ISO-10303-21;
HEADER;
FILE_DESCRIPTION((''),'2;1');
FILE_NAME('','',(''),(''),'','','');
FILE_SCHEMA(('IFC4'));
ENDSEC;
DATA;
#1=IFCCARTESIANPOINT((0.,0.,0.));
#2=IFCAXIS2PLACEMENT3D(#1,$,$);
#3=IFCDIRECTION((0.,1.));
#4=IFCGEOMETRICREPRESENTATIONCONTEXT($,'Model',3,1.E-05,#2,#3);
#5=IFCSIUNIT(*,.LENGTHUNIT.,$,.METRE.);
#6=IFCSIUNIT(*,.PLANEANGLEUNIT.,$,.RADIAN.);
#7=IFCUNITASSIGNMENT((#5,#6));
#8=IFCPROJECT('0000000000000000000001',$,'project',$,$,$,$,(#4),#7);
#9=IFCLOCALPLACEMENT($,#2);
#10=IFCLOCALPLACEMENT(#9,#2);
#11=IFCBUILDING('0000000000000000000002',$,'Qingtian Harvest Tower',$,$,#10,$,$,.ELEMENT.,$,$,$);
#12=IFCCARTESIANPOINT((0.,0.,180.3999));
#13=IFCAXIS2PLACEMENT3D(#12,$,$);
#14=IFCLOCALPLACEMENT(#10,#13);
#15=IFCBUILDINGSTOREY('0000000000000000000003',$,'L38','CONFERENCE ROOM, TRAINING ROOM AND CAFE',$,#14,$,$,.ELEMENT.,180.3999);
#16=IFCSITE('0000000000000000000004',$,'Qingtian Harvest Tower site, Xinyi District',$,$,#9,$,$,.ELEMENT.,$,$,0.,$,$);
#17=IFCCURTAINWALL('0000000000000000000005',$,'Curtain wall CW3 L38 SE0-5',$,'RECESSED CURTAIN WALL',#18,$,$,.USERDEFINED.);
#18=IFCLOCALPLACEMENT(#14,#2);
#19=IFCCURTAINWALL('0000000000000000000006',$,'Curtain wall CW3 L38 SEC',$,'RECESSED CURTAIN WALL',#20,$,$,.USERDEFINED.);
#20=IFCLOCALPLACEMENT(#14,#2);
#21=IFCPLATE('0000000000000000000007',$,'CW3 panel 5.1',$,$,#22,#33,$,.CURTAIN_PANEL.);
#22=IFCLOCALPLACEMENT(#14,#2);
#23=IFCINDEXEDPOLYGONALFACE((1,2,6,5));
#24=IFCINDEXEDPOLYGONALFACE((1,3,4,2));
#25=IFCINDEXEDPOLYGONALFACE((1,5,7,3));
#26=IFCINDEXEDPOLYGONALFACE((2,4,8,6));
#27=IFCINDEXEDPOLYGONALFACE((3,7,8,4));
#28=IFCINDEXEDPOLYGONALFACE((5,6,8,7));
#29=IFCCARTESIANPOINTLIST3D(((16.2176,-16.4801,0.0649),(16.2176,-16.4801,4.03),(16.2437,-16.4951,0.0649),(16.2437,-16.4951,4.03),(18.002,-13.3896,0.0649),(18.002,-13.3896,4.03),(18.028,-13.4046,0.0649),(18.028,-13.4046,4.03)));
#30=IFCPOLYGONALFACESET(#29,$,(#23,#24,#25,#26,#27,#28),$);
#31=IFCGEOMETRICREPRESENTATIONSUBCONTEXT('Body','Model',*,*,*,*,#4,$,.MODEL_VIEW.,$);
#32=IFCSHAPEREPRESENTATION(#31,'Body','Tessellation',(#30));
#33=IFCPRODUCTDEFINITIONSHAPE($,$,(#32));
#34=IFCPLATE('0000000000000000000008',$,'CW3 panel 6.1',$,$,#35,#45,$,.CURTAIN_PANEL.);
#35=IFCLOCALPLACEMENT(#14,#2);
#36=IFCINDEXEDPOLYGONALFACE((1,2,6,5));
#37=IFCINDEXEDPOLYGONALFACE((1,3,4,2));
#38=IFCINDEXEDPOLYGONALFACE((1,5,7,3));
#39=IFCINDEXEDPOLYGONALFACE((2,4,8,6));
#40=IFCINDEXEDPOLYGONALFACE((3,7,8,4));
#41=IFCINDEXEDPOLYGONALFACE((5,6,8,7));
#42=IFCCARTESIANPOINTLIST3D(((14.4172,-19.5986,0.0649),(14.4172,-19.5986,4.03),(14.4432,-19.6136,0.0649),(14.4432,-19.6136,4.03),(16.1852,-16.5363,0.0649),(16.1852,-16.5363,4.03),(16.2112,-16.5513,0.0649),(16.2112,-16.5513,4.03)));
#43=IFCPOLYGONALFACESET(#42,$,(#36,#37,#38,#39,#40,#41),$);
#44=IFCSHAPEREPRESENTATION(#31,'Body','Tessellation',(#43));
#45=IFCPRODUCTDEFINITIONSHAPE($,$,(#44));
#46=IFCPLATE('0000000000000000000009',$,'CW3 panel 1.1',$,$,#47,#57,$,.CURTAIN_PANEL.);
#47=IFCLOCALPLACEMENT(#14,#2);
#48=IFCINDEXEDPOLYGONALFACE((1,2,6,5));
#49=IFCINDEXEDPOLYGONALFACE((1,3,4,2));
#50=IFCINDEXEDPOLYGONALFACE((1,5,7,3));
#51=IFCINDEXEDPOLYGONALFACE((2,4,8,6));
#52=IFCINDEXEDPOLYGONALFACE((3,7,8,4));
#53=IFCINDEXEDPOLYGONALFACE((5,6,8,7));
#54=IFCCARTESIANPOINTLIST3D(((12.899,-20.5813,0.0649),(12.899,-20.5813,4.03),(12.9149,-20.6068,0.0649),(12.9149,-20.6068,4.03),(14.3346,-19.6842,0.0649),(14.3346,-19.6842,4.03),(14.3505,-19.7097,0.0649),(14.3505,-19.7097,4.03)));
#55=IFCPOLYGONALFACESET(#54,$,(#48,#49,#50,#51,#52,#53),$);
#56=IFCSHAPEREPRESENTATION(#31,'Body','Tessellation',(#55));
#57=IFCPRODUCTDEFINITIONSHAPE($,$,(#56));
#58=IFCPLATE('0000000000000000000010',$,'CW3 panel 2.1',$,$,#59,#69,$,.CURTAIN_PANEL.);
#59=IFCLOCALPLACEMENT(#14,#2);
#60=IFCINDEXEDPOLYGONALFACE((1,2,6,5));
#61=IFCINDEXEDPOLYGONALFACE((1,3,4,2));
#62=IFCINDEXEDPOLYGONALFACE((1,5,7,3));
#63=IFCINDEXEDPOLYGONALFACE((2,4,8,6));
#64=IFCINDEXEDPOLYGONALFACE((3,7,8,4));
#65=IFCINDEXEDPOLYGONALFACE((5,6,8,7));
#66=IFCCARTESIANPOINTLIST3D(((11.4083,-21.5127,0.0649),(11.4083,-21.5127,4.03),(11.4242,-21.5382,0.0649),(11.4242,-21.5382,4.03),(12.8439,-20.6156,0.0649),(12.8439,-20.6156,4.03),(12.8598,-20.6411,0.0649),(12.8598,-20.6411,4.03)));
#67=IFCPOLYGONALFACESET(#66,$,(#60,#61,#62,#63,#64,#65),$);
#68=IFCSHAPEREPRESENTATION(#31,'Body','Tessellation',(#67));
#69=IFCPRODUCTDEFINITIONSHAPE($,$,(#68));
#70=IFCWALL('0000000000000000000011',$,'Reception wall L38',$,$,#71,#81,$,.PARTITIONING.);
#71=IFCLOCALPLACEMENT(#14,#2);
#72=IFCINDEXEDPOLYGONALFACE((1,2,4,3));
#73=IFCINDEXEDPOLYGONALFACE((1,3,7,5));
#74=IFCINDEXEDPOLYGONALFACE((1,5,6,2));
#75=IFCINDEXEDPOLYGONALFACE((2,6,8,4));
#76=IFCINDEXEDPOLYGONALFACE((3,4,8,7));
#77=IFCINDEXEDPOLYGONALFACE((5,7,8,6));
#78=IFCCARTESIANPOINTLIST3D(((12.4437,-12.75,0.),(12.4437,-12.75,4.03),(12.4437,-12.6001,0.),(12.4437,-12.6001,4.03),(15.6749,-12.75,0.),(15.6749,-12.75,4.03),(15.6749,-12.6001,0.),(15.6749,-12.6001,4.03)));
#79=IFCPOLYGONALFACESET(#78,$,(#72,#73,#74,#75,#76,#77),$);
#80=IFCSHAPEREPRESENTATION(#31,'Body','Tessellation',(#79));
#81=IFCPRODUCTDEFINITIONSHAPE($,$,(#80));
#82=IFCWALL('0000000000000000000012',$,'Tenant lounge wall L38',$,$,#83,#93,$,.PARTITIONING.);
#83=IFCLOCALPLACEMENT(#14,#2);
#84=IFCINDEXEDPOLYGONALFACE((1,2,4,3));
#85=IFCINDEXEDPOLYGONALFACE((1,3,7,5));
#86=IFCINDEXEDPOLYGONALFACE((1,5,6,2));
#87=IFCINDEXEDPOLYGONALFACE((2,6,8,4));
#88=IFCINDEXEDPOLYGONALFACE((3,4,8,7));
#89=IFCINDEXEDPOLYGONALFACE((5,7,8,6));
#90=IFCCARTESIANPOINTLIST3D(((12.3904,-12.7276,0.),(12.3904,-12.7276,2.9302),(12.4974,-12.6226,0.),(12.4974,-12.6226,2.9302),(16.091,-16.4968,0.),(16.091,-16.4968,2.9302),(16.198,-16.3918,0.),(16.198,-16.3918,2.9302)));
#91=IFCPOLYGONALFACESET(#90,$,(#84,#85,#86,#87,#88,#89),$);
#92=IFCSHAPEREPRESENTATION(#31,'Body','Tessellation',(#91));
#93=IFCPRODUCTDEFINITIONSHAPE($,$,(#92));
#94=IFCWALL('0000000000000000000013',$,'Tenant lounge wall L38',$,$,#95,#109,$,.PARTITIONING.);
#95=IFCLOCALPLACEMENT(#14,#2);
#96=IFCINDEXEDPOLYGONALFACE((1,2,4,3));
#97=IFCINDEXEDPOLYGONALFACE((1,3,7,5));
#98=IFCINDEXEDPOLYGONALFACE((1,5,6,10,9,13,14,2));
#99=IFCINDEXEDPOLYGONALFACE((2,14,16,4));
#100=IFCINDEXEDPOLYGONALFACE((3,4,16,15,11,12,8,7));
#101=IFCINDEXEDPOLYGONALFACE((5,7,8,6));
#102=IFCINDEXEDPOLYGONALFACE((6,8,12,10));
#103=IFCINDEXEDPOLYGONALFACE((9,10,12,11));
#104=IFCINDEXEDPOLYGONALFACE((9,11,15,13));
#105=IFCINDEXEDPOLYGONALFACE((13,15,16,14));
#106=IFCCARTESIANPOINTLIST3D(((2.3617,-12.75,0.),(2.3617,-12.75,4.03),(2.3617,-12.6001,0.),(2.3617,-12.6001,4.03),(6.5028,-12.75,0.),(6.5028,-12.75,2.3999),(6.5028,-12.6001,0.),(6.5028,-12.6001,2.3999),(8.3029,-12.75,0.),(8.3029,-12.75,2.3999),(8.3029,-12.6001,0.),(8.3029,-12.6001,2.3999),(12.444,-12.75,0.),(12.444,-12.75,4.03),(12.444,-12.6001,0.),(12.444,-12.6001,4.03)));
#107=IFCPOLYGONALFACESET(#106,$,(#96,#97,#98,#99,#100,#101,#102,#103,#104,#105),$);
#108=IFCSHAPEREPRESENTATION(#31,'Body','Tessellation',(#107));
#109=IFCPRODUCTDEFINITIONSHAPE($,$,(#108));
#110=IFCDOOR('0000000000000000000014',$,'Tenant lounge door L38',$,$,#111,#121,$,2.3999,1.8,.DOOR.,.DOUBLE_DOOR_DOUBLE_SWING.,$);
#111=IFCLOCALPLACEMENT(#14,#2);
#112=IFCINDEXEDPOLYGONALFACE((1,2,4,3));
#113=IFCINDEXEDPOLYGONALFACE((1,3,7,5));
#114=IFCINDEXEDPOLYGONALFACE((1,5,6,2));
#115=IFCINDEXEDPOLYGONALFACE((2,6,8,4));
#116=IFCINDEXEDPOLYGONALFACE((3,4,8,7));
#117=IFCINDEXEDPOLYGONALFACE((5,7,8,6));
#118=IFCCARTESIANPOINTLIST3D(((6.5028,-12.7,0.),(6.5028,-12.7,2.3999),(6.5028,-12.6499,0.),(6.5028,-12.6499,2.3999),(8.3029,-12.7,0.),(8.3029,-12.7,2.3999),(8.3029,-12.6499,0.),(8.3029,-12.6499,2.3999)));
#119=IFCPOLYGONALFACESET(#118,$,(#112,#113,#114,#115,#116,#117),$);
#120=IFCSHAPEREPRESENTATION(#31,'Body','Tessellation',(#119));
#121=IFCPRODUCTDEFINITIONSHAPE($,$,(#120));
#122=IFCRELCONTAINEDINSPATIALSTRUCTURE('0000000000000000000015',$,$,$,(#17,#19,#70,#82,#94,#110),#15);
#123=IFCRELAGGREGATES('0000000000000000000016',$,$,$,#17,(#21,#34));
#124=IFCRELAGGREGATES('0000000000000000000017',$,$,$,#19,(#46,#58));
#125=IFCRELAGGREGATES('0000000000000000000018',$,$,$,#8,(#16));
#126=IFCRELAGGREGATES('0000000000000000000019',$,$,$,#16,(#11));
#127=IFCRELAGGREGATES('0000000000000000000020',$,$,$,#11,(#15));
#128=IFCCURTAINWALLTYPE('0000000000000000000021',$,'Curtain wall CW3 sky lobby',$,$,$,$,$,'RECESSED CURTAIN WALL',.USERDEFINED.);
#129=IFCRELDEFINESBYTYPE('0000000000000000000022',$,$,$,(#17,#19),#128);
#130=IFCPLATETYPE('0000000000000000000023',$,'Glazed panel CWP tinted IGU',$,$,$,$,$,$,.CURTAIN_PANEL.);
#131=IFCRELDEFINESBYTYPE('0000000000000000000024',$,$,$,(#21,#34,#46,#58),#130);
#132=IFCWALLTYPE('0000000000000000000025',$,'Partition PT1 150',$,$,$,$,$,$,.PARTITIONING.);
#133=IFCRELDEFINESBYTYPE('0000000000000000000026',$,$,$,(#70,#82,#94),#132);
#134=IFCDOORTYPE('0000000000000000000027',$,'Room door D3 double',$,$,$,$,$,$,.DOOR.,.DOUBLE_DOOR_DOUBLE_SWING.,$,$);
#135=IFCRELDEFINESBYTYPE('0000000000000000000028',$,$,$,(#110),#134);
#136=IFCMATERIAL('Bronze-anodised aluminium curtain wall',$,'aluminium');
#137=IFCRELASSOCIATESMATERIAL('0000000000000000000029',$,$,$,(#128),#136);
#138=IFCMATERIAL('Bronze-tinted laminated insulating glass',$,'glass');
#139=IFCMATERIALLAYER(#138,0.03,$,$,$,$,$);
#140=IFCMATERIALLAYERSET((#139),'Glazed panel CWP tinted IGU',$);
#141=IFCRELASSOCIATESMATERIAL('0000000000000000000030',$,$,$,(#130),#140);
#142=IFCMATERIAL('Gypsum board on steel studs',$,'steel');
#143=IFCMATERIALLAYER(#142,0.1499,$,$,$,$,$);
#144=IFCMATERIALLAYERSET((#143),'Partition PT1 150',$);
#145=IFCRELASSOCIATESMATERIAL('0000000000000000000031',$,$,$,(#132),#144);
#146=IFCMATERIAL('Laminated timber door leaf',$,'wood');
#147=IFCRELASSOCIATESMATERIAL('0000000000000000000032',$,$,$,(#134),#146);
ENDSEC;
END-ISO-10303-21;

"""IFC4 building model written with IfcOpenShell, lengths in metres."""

from ifc_helpers import new_model, si_unit, direction, frame, frame_2d, origin, origin_2d, place, context, subcontext, project, spatial, rectangle, extrude, material, layer, layer_set, type_object, element, fill, aggregate, save


model = new_model("IFC4")

# Units and contexts
model_context = context("Model", 3, precision=1e-05, world=origin(), true_north=direction((0.0, 1.0)))
body_context = subcontext(model_context, "Body", "Model", "MODEL_VIEW")
ifc_project = project(units=[si_unit("LENGTHUNIT", "METRE"), si_unit("PLANEANGLEUNIT", "RADIAN")], contexts=[model_context])

# Site, building, storey
site_placement = place(None, origin())
site = spatial("IfcSite", under=ifc_project, at=site_placement, Name="Qingtian Harvest Tower site, Xinyi District", CompositionType="ELEMENT", RefElevation=0.0)
building_placement = place(site_placement, origin())
building = spatial("IfcBuilding", under=site, at=building_placement, Name="Qingtian Harvest Tower", CompositionType="ELEMENT")
storey_placement = place(building_placement, frame((0.0, 0.0, 180.3999)))
storey = spatial("IfcBuildingStorey", under=building, at=storey_placement, Name="L38", Description="CONFERENCE ROOM, TRAINING ROOM AND CAFE", CompositionType="ELEMENT", Elevation=180.3999)

# Curtain walls
ifc_material_1 = material(Name="Bronze-anodised aluminium curtain wall", Category="aluminium")
curtain_wall_type = type_object("IfcCurtainWallType", Name="Curtain wall CW3 sky lobby", ElementType="RECESSED CURTAIN WALL", PredefinedType="USERDEFINED", material=ifc_material_1)
curtain_wall_1_placement = place(storey_placement, origin())
curtain_wall_1 = element("IfcCurtainWall", 1, at=curtain_wall_1_placement, inside=storey, type_object=curtain_wall_type, Name="Curtain wall CW3 L38 SE0-5", ObjectType="RECESSED CURTAIN WALL", PredefinedType="USERDEFINED")
curtain_wall_2_placement = place(storey_placement, origin())
curtain_wall_2 = element("IfcCurtainWall", 2, at=curtain_wall_2_placement, inside=storey, type_object=curtain_wall_type, Name="Curtain wall CW3 L38 SEC", ObjectType="RECESSED CURTAIN WALL", PredefinedType="USERDEFINED")

# Plates
ifc_material_2 = material(Name="Bronze-tinted laminated insulating glass", Category="glass")
ifc_layer_1 = layer(ifc_material_2, 0.03)
ifc_layer_set_1 = layer_set([ifc_layer_1], Name="Glazed panel CWP tinted IGU")
plate_type = type_object("IfcPlateType", Name="Glazed panel CWP tinted IGU", PredefinedType="CURTAIN_PANEL", material=ifc_layer_set_1)
plate_1_placement = place(storey_placement, frame((17.1228, -14.9424, 0.0649), z_axis=(0.0, 0.0, 1.0), x_axis=(-0.5, -0.866025, 0.0)))
plate_1 = element("IfcPlate", 3, at=plate_1_placement, type_object=plate_type, Name="CW3 panel 5.1", PredefinedType="CURTAIN_PANEL", context=body_context, shape_type="SweptSolid", body=[
    extrude(rectangle(XDim=3.5686, YDim=0.03, at=origin_2d()), origin(), (0.0, 0.0, 1.0), 3.9651),
])
plate_2_placement = place(storey_placement, frame((15.3142, -18.075, 0.0649), z_axis=(0.0, 0.0, 1.0), x_axis=(-0.5, -0.866025, 0.0)))
plate_2 = element("IfcPlate", 4, at=plate_2_placement, type_object=plate_type, Name="CW3 panel 6.1", PredefinedType="CURTAIN_PANEL", context=body_context, shape_type="SweptSolid", body=[
    extrude(rectangle(XDim=3.5361, YDim=0.03, at=origin_2d()), origin(), (0.0, 0.0, 1.0), 3.9651),
])
aggregate(curtain_wall_1, [plate_1, plate_2])
plate_3_placement = place(storey_placement, frame((13.6248, -20.1455, 0.0649), z_axis=(0.0, 0.0, 1.0), x_axis=(-0.848048, -0.529919, 0.0)))
plate_3 = element("IfcPlate", 5, at=plate_3_placement, type_object=plate_type, Name="CW3 panel 1.1", PredefinedType="CURTAIN_PANEL", context=body_context, shape_type="SweptSolid", body=[
    extrude(rectangle(XDim=1.6929, YDim=0.03, at=origin_2d()), origin(), (0.0, 0.0, 1.0), 3.9651),
])
plate_4_placement = place(storey_placement, frame((12.134, -21.0769, 0.0649), z_axis=(0.0, 0.0, 1.0), x_axis=(-0.848048, -0.529919, 0.0)))
plate_4 = element("IfcPlate", 6, at=plate_4_placement, type_object=plate_type, Name="CW3 panel 2.1", PredefinedType="CURTAIN_PANEL", context=body_context, shape_type="SweptSolid", body=[
    extrude(rectangle(XDim=1.6929, YDim=0.03, at=origin_2d()), origin(), (0.0, 0.0, 1.0), 3.9651),
])
aggregate(curtain_wall_2, [plate_3, plate_4])

# Walls
ifc_material_3 = material(Name="Gypsum board on steel studs", Category="steel")
ifc_layer_2 = layer(ifc_material_3, 0.1499)
ifc_layer_set_2 = layer_set([ifc_layer_2], Name="Partition PT1 150")
wall_type = type_object("IfcWallType", Name="Partition PT1 150", PredefinedType="PARTITIONING", material=ifc_layer_set_2)
wall_1_placement = place(storey_placement, frame((15.675, -12.675, 0.0), z_axis=(0.0, 0.0, 1.0), x_axis=(-1.0, 0.0, 0.0)))
element("IfcWall", 7, at=wall_1_placement, inside=storey, type_object=wall_type, Name="Reception wall L38", PredefinedType="PARTITIONING", context=body_context, shape_type="SweptSolid", body=[
    extrude(rectangle(XDim=3.2312, YDim=0.1499, at=frame_2d((1.6157, 0.0))), origin(), (0.0, 0.0, 1.0), 4.03),
])
wall_2_placement = place(storey_placement, frame((16.1445, -16.4443, 0.0), z_axis=(0.0, 0.0, 1.0), x_axis=(-0.700583, 0.713571, 0.0)))
element("IfcWall", 8, at=wall_2_placement, inside=storey, type_object=wall_type, Name="Tenant lounge wall L38", PredefinedType="PARTITIONING", context=body_context, shape_type="SweptSolid", body=[
    extrude(rectangle(XDim=5.2822, YDim=0.1499, at=frame_2d((2.6411, 0.0))), origin(), (0.0, 0.0, 1.0), 2.9302),
])

# Wall, opening, door
wall_3_placement = place(storey_placement, frame((12.4438, -12.675, 0.0), z_axis=(0.0, 0.0, 1.0), x_axis=(-1.0, 0.0, 0.0)))
wall_3 = element("IfcWall", 9, at=wall_3_placement, inside=storey, type_object=wall_type, Name="Tenant lounge wall L38", PredefinedType="PARTITIONING", context=body_context, shape_type="SweptSolid", body=[
    extrude(rectangle(XDim=10.0823, YDim=0.1499, at=frame_2d((5.041, 0.0))), origin(), (0.0, 0.0, 1.0), 4.03),
])
opening_placement = place(wall_3_placement, frame((4.1411, 0.0, 0.0)))
opening = element("IfcOpeningElement", 10, at=opening_placement, cuts=wall_3, PredefinedType="OPENING", context=body_context, shape_type="SweptSolid", body=[
    extrude(rectangle(XDim=1.8, YDim=2.3999, at=frame_2d((0.8999, 1.2))), frame((0.0, 0.085, 0.0), z_axis=(0.0, -1.0, 0.0), x_axis=(1.0, 0.0, 0.0)), (0.0, 0.0, 1.0), 0.1699),
])
ifc_material_4 = material(Name="Laminated timber door leaf", Category="wood")
door_type = type_object("IfcDoorType", Name="Room door D3 double", OperationType="DOUBLE_DOOR_DOUBLE_SWING", PredefinedType="DOOR", material=ifc_material_4)
door_placement = place(opening_placement, origin())
door = element("IfcDoor", 11, at=door_placement, inside=storey, type_object=door_type, Name="Tenant lounge door L38", OperationType="DOUBLE_DOOR_DOUBLE_SWING", OverallHeight=2.3999, OverallWidth=1.8, PredefinedType="DOOR", context=body_context, shape_type="SweptSolid", body=[
    extrude(rectangle(XDim=1.8, YDim=2.3999, at=frame_2d((0.8999, 1.2))), frame((0.0, 0.0249, 0.0), z_axis=(0.0, -1.0, 0.0), x_axis=(1.0, 0.0, 0.0)), (0.0, 0.0, 1.0), 0.05),
])
fill(opening, door)

save(model, "model.ifc")
